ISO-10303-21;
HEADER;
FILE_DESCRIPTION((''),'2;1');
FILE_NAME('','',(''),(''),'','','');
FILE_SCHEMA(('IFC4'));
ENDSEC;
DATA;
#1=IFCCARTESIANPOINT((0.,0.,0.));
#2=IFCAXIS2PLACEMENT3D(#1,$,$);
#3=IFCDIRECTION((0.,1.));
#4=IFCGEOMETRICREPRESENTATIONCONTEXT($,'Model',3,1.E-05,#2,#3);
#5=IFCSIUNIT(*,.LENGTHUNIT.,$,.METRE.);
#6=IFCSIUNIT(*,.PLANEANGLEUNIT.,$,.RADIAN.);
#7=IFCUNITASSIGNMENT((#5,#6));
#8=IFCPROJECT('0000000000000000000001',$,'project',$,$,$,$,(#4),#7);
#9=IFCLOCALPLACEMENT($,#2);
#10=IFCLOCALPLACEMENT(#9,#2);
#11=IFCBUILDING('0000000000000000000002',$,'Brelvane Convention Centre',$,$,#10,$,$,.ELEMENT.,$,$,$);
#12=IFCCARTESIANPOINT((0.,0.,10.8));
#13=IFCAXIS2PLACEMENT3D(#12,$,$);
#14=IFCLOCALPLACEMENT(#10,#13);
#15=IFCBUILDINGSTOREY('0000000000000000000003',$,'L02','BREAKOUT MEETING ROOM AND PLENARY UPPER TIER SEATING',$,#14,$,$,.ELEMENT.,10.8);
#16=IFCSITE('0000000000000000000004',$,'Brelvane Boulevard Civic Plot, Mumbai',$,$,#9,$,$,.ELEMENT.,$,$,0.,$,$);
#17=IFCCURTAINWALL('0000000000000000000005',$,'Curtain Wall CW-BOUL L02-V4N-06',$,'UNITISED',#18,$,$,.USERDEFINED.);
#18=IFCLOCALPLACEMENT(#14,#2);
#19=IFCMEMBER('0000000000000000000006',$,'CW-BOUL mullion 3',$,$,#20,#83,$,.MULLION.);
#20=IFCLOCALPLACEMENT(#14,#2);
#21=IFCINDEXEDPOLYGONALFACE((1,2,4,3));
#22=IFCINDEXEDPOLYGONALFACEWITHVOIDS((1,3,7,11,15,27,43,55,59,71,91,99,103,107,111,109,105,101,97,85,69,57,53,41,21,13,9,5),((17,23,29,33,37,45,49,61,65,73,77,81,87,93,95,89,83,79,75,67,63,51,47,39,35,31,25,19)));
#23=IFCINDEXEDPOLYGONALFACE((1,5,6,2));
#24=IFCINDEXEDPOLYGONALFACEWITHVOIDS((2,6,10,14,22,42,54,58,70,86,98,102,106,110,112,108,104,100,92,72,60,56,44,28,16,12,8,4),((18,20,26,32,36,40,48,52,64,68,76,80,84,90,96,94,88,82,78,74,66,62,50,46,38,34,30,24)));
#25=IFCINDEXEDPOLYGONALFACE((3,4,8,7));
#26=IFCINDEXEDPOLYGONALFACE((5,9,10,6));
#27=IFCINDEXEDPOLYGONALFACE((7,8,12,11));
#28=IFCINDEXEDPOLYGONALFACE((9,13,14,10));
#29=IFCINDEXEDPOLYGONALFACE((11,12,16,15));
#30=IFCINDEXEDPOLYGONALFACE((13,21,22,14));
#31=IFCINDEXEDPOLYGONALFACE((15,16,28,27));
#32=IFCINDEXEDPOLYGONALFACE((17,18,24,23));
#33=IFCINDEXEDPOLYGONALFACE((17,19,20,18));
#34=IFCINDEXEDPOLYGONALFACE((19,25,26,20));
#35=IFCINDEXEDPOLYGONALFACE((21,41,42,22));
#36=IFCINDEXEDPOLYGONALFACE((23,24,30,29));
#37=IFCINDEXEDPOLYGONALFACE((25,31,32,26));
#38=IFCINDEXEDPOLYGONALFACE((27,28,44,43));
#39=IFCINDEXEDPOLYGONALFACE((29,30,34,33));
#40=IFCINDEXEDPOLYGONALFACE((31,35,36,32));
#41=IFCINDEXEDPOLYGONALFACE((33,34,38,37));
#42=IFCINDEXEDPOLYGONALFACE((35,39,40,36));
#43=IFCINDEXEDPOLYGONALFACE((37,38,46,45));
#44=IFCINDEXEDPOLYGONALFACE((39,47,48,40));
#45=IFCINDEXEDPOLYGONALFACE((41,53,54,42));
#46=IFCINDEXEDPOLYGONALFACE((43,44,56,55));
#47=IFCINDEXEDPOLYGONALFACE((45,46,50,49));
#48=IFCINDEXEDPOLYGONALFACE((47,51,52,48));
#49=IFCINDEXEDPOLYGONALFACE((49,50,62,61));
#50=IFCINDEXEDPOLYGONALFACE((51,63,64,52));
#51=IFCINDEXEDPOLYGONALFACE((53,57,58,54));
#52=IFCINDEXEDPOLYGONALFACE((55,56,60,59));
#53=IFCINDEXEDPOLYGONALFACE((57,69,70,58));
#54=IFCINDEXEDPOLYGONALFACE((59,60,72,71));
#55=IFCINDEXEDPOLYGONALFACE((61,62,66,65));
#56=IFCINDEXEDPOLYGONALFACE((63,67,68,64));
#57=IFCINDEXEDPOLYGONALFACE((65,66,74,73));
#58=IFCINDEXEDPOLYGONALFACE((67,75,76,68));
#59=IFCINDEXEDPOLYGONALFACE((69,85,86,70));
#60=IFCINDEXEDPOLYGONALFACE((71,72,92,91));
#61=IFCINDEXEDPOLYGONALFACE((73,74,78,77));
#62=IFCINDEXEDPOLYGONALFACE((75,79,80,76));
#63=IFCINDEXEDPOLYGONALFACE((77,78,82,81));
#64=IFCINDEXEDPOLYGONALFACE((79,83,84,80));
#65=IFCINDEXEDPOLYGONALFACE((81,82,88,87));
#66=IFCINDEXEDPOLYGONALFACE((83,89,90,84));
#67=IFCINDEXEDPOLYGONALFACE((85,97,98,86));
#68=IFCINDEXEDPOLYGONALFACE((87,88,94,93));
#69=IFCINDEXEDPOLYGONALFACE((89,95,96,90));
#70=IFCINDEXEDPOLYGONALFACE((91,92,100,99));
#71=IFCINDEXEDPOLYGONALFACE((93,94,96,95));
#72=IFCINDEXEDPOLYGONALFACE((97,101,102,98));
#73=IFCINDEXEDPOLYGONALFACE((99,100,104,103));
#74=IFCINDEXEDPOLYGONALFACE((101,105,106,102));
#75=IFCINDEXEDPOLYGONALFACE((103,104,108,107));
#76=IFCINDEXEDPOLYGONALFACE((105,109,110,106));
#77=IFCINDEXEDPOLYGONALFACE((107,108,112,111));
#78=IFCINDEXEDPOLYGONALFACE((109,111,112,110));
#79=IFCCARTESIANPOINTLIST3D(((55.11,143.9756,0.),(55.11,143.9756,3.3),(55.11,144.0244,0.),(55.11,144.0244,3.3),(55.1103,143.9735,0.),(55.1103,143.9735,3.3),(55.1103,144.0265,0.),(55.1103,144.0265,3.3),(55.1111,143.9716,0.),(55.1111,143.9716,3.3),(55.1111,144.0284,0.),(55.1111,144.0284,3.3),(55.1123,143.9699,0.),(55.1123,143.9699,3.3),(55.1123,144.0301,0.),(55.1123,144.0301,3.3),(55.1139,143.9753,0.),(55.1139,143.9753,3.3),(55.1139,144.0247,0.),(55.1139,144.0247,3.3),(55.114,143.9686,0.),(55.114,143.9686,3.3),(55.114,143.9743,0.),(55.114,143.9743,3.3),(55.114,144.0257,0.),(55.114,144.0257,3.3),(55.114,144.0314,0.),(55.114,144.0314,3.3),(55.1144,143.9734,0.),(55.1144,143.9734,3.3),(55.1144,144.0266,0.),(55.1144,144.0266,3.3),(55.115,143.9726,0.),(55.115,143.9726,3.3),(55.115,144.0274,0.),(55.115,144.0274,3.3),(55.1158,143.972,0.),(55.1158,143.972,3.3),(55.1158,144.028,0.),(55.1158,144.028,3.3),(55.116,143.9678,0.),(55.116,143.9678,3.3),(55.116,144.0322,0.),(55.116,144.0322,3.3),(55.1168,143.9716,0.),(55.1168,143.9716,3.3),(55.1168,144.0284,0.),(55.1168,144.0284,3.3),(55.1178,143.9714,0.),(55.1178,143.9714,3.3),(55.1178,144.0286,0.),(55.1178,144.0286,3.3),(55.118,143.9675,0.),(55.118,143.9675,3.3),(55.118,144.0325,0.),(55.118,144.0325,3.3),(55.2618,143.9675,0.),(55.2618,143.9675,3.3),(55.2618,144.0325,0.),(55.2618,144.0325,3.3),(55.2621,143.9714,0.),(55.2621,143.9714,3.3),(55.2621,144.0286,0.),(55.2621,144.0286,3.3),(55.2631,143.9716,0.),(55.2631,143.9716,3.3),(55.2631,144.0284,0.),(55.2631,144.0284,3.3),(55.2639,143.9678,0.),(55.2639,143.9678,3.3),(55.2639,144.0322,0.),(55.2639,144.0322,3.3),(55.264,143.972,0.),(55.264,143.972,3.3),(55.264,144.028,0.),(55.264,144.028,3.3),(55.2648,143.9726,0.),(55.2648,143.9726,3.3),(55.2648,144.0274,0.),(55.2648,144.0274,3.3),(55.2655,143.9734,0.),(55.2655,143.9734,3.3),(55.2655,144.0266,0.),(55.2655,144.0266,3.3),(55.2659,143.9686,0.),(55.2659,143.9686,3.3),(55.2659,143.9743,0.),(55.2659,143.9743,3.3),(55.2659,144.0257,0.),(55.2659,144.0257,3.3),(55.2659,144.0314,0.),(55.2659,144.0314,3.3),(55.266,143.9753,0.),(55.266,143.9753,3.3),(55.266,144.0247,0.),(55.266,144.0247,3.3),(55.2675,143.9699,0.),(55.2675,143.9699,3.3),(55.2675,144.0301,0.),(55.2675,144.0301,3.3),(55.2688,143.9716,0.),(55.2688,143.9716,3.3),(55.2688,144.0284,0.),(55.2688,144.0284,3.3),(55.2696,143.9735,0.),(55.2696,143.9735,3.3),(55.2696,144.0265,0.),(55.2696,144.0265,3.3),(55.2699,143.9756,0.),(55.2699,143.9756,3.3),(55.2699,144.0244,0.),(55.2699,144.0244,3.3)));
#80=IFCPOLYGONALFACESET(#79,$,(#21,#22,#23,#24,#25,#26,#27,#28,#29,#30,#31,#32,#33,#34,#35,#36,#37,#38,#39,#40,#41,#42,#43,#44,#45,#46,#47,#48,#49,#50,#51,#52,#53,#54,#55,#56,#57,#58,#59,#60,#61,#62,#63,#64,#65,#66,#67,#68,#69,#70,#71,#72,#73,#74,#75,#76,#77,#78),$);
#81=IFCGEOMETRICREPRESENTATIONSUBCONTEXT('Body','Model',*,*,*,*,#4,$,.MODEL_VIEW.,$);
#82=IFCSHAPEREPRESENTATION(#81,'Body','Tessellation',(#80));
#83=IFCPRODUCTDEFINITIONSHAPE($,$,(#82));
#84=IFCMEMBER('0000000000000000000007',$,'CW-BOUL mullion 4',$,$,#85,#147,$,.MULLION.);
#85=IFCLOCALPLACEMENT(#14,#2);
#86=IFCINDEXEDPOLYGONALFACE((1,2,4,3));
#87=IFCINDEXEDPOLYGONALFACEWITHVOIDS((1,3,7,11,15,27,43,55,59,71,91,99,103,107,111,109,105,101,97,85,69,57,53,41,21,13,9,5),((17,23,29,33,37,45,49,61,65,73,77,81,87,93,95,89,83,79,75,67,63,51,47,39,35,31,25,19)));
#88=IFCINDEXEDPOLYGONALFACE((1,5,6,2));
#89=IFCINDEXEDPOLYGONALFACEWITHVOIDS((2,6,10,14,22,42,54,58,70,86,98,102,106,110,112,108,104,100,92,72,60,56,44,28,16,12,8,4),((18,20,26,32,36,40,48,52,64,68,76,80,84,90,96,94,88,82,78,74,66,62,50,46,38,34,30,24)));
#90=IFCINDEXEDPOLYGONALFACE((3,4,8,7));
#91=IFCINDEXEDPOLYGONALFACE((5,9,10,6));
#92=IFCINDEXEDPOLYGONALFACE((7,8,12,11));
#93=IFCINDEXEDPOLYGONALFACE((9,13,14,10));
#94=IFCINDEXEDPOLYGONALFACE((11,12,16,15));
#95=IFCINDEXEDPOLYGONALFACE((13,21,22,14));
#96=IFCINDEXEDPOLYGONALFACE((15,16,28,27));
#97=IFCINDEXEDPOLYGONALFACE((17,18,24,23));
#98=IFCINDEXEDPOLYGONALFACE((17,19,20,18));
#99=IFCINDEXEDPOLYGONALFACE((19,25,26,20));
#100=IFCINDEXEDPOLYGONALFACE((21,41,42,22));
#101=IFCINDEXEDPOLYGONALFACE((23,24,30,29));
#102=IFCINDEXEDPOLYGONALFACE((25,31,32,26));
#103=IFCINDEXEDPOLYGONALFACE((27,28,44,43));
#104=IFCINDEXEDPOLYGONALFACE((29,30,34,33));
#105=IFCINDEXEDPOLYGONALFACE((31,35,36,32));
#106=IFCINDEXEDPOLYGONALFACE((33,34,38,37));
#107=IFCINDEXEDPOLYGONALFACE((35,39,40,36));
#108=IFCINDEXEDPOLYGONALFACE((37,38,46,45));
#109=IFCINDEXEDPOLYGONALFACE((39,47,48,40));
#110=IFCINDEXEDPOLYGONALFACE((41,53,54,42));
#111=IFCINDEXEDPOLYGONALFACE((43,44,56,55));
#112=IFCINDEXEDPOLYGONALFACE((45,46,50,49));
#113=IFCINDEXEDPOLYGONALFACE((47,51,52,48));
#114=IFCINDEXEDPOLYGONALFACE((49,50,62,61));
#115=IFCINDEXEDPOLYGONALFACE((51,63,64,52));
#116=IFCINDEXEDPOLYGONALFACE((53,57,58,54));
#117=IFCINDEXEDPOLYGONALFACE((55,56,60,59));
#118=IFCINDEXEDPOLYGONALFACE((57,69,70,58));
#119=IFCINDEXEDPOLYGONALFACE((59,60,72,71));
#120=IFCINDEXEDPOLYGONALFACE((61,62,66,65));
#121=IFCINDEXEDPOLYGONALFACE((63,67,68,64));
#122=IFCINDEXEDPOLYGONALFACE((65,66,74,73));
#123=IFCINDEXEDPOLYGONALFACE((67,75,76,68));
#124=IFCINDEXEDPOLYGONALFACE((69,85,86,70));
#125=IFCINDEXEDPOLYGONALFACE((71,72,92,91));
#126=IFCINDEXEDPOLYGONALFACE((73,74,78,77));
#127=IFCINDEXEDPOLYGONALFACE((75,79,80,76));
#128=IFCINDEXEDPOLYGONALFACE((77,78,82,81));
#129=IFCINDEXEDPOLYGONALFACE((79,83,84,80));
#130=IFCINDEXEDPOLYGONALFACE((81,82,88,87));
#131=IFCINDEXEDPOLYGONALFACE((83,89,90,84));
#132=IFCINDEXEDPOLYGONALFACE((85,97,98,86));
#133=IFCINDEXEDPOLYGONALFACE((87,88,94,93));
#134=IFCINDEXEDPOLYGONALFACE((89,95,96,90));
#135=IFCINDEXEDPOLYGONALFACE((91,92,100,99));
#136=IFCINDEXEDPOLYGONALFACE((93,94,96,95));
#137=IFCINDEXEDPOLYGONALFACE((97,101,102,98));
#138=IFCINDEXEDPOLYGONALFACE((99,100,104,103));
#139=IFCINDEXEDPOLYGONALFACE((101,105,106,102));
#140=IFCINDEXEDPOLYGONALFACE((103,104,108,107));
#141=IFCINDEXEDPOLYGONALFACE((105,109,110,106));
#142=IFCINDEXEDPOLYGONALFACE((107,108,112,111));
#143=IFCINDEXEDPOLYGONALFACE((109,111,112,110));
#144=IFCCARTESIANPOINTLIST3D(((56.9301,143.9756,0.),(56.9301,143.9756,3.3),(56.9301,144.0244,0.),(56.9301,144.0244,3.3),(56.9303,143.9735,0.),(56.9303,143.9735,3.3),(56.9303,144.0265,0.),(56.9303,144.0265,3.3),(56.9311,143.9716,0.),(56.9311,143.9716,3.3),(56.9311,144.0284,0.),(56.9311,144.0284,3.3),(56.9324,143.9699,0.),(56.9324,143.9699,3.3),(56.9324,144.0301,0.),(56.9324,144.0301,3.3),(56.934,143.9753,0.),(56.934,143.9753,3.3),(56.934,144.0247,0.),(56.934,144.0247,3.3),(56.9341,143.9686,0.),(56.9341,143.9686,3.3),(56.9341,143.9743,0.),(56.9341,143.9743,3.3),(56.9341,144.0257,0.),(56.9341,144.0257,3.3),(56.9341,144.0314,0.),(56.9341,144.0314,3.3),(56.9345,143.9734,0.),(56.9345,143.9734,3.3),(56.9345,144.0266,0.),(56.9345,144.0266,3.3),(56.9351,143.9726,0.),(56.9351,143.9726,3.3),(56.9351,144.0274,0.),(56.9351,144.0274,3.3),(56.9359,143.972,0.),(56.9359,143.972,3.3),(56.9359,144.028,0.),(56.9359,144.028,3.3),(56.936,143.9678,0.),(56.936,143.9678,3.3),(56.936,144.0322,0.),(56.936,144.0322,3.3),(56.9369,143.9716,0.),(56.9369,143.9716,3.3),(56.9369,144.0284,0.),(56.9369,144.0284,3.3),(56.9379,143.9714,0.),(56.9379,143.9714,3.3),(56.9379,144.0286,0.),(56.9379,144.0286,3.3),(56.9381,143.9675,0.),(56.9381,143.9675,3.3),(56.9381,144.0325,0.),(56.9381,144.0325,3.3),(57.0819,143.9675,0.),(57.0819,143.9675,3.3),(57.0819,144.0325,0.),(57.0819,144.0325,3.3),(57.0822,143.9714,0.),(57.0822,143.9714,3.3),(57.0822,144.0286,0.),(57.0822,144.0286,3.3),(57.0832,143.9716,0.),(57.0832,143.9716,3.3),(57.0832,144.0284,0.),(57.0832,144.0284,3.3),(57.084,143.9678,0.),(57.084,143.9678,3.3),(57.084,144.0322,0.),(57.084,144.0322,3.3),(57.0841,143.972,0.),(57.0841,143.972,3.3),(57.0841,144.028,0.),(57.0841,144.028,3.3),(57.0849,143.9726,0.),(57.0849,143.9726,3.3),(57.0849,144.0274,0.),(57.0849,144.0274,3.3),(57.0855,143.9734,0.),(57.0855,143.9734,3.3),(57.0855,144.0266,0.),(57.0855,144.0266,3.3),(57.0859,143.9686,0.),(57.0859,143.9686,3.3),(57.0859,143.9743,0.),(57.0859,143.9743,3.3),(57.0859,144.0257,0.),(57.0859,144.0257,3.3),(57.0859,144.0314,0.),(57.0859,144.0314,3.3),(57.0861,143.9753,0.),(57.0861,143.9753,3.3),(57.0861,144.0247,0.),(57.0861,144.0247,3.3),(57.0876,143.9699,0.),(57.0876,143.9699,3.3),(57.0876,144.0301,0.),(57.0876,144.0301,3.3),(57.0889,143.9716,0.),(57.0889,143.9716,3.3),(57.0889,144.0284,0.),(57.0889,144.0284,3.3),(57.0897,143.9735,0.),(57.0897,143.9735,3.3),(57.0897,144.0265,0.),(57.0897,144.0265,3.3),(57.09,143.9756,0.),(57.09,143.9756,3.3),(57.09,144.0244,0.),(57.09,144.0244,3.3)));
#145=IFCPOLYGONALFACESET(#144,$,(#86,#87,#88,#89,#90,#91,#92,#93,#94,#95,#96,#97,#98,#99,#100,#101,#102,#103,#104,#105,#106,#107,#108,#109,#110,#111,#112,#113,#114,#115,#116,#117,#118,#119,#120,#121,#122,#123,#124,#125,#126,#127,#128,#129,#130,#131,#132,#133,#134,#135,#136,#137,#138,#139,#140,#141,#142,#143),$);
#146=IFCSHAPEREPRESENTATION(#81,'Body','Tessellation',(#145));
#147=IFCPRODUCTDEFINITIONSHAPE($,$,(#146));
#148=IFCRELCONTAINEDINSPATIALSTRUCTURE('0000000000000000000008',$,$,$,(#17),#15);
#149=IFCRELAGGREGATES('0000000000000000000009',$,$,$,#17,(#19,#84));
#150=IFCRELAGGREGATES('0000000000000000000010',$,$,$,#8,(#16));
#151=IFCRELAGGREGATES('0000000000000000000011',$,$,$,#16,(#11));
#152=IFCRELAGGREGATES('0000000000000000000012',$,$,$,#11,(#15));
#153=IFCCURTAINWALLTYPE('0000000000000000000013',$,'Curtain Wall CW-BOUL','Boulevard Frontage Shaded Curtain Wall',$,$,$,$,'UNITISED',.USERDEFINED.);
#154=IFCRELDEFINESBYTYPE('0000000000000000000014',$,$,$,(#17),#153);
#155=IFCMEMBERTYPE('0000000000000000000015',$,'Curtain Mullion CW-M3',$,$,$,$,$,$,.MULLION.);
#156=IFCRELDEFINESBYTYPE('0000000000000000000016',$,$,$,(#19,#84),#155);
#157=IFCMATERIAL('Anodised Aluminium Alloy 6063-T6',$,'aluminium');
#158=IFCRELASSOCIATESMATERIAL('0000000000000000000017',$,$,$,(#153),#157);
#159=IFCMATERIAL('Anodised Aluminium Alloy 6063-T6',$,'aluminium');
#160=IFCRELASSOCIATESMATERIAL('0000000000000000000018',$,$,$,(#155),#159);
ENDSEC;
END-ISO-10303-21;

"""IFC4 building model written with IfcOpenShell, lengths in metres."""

from ifc_helpers import new_model, si_unit, direction, frame, origin, origin_2d, place, context, subcontext, project, spatial, hollow_rectangle, extrude, material, material_profile, profile_set, type_object, element, aggregate, save


model = new_model("IFC4")

# Units and contexts
model_context = context("Model", 3, precision=1e-05, world=origin(), true_north=direction((0.0, 1.0)))
body_context = subcontext(model_context, "Body", "Model", "MODEL_VIEW")
ifc_project = project(units=[si_unit("LENGTHUNIT", "METRE"), si_unit("PLANEANGLEUNIT", "RADIAN")], contexts=[model_context])

# Site, building, storey
site_placement = place(None, origin())
site = spatial("IfcSite", under=ifc_project, at=site_placement, Name="Brelvane Boulevard Civic Plot, Mumbai", CompositionType="ELEMENT", RefElevation=0.0)
building_placement = place(site_placement, origin())
building = spatial("IfcBuilding", under=site, at=building_placement, Name="Brelvane Convention Centre", CompositionType="ELEMENT")
storey_placement = place(building_placement, frame((0.0, 0.0, 10.8)))
storey = spatial("IfcBuildingStorey", under=building, at=storey_placement, Name="L02", Description="BREAKOUT MEETING ROOM AND PLENARY UPPER TIER SEATING", CompositionType="ELEMENT", Elevation=10.8)

# Curtain wall, members
ifc_material_1 = material(Name="Anodised Aluminium Alloy 6063-T6", Category="aluminium")
curtain_wall_type = type_object("IfcCurtainWallType", Name="Curtain Wall CW-BOUL", Description="Boulevard Frontage Shaded Curtain Wall", ElementType="UNITISED", PredefinedType="USERDEFINED", material=ifc_material_1)
curtain_wall_placement = place(storey_placement, origin())
curtain_wall = element("IfcCurtainWall", 1, at=curtain_wall_placement, inside=storey, type_object=curtain_wall_type, Name="Curtain Wall CW-BOUL L02-V4N-06", ObjectType="UNITISED", PredefinedType="USERDEFINED")
ifc_material_2 = material(Name="Anodised Aluminium Alloy 6063-T6", Category="aluminium")
ifc_material_profile_1 = material_profile(ifc_material_2, hollow_rectangle(XDim=0.0649, YDim=0.1599, WallThickness=0.0039, InnerFilletRadius=0.0039, OuterFilletRadius=0.0081, at=origin_2d()), Name="ALU-M 160x65x4.0")
ifc_profile_set_1 = profile_set([ifc_material_profile_1], Name="Anodised Aluminium Alloy 6063-T6")
member_type_1 = type_object("IfcMemberType", Name="Curtain Mullion CW-M3", PredefinedType="MULLION", material=ifc_profile_set_1)
member_1_placement = place(storey_placement, frame((55.1899, 144.0, 0.0), z_axis=(0.0, 0.0, 1.0), x_axis=(0.0, 1.0, 0.0)))
member_1 = element("IfcMember", 2, at=member_1_placement, type_object=member_type_1, Name="CW-BOUL mullion 3", PredefinedType="MULLION", context=body_context, shape_type="SweptSolid", body=[
    extrude(hollow_rectangle(XDim=0.0649, YDim=0.1599, WallThickness=0.0039, InnerFilletRadius=0.0039, OuterFilletRadius=0.0081, at=origin_2d()), origin(), (0.0, 0.0, 1.0), 3.3),
])
member_2_placement = place(storey_placement, frame((57.01, 144.0, 0.0), z_axis=(0.0, 0.0, 1.0), x_axis=(0.0, 1.0, 0.0)))
member_2 = element("IfcMember", 3, at=member_2_placement, type_object=member_type_1, Name="CW-BOUL mullion 4", PredefinedType="MULLION", context=body_context, shape_type="SweptSolid", body=[
    extrude(hollow_rectangle(XDim=0.0649, YDim=0.1599, WallThickness=0.0039, InnerFilletRadius=0.0039, OuterFilletRadius=0.0081, at=origin_2d()), origin(), (0.0, 0.0, 1.0), 3.3),
])

aggregate(curtain_wall, [member_1, member_2])

save(model, "model.ifc")
